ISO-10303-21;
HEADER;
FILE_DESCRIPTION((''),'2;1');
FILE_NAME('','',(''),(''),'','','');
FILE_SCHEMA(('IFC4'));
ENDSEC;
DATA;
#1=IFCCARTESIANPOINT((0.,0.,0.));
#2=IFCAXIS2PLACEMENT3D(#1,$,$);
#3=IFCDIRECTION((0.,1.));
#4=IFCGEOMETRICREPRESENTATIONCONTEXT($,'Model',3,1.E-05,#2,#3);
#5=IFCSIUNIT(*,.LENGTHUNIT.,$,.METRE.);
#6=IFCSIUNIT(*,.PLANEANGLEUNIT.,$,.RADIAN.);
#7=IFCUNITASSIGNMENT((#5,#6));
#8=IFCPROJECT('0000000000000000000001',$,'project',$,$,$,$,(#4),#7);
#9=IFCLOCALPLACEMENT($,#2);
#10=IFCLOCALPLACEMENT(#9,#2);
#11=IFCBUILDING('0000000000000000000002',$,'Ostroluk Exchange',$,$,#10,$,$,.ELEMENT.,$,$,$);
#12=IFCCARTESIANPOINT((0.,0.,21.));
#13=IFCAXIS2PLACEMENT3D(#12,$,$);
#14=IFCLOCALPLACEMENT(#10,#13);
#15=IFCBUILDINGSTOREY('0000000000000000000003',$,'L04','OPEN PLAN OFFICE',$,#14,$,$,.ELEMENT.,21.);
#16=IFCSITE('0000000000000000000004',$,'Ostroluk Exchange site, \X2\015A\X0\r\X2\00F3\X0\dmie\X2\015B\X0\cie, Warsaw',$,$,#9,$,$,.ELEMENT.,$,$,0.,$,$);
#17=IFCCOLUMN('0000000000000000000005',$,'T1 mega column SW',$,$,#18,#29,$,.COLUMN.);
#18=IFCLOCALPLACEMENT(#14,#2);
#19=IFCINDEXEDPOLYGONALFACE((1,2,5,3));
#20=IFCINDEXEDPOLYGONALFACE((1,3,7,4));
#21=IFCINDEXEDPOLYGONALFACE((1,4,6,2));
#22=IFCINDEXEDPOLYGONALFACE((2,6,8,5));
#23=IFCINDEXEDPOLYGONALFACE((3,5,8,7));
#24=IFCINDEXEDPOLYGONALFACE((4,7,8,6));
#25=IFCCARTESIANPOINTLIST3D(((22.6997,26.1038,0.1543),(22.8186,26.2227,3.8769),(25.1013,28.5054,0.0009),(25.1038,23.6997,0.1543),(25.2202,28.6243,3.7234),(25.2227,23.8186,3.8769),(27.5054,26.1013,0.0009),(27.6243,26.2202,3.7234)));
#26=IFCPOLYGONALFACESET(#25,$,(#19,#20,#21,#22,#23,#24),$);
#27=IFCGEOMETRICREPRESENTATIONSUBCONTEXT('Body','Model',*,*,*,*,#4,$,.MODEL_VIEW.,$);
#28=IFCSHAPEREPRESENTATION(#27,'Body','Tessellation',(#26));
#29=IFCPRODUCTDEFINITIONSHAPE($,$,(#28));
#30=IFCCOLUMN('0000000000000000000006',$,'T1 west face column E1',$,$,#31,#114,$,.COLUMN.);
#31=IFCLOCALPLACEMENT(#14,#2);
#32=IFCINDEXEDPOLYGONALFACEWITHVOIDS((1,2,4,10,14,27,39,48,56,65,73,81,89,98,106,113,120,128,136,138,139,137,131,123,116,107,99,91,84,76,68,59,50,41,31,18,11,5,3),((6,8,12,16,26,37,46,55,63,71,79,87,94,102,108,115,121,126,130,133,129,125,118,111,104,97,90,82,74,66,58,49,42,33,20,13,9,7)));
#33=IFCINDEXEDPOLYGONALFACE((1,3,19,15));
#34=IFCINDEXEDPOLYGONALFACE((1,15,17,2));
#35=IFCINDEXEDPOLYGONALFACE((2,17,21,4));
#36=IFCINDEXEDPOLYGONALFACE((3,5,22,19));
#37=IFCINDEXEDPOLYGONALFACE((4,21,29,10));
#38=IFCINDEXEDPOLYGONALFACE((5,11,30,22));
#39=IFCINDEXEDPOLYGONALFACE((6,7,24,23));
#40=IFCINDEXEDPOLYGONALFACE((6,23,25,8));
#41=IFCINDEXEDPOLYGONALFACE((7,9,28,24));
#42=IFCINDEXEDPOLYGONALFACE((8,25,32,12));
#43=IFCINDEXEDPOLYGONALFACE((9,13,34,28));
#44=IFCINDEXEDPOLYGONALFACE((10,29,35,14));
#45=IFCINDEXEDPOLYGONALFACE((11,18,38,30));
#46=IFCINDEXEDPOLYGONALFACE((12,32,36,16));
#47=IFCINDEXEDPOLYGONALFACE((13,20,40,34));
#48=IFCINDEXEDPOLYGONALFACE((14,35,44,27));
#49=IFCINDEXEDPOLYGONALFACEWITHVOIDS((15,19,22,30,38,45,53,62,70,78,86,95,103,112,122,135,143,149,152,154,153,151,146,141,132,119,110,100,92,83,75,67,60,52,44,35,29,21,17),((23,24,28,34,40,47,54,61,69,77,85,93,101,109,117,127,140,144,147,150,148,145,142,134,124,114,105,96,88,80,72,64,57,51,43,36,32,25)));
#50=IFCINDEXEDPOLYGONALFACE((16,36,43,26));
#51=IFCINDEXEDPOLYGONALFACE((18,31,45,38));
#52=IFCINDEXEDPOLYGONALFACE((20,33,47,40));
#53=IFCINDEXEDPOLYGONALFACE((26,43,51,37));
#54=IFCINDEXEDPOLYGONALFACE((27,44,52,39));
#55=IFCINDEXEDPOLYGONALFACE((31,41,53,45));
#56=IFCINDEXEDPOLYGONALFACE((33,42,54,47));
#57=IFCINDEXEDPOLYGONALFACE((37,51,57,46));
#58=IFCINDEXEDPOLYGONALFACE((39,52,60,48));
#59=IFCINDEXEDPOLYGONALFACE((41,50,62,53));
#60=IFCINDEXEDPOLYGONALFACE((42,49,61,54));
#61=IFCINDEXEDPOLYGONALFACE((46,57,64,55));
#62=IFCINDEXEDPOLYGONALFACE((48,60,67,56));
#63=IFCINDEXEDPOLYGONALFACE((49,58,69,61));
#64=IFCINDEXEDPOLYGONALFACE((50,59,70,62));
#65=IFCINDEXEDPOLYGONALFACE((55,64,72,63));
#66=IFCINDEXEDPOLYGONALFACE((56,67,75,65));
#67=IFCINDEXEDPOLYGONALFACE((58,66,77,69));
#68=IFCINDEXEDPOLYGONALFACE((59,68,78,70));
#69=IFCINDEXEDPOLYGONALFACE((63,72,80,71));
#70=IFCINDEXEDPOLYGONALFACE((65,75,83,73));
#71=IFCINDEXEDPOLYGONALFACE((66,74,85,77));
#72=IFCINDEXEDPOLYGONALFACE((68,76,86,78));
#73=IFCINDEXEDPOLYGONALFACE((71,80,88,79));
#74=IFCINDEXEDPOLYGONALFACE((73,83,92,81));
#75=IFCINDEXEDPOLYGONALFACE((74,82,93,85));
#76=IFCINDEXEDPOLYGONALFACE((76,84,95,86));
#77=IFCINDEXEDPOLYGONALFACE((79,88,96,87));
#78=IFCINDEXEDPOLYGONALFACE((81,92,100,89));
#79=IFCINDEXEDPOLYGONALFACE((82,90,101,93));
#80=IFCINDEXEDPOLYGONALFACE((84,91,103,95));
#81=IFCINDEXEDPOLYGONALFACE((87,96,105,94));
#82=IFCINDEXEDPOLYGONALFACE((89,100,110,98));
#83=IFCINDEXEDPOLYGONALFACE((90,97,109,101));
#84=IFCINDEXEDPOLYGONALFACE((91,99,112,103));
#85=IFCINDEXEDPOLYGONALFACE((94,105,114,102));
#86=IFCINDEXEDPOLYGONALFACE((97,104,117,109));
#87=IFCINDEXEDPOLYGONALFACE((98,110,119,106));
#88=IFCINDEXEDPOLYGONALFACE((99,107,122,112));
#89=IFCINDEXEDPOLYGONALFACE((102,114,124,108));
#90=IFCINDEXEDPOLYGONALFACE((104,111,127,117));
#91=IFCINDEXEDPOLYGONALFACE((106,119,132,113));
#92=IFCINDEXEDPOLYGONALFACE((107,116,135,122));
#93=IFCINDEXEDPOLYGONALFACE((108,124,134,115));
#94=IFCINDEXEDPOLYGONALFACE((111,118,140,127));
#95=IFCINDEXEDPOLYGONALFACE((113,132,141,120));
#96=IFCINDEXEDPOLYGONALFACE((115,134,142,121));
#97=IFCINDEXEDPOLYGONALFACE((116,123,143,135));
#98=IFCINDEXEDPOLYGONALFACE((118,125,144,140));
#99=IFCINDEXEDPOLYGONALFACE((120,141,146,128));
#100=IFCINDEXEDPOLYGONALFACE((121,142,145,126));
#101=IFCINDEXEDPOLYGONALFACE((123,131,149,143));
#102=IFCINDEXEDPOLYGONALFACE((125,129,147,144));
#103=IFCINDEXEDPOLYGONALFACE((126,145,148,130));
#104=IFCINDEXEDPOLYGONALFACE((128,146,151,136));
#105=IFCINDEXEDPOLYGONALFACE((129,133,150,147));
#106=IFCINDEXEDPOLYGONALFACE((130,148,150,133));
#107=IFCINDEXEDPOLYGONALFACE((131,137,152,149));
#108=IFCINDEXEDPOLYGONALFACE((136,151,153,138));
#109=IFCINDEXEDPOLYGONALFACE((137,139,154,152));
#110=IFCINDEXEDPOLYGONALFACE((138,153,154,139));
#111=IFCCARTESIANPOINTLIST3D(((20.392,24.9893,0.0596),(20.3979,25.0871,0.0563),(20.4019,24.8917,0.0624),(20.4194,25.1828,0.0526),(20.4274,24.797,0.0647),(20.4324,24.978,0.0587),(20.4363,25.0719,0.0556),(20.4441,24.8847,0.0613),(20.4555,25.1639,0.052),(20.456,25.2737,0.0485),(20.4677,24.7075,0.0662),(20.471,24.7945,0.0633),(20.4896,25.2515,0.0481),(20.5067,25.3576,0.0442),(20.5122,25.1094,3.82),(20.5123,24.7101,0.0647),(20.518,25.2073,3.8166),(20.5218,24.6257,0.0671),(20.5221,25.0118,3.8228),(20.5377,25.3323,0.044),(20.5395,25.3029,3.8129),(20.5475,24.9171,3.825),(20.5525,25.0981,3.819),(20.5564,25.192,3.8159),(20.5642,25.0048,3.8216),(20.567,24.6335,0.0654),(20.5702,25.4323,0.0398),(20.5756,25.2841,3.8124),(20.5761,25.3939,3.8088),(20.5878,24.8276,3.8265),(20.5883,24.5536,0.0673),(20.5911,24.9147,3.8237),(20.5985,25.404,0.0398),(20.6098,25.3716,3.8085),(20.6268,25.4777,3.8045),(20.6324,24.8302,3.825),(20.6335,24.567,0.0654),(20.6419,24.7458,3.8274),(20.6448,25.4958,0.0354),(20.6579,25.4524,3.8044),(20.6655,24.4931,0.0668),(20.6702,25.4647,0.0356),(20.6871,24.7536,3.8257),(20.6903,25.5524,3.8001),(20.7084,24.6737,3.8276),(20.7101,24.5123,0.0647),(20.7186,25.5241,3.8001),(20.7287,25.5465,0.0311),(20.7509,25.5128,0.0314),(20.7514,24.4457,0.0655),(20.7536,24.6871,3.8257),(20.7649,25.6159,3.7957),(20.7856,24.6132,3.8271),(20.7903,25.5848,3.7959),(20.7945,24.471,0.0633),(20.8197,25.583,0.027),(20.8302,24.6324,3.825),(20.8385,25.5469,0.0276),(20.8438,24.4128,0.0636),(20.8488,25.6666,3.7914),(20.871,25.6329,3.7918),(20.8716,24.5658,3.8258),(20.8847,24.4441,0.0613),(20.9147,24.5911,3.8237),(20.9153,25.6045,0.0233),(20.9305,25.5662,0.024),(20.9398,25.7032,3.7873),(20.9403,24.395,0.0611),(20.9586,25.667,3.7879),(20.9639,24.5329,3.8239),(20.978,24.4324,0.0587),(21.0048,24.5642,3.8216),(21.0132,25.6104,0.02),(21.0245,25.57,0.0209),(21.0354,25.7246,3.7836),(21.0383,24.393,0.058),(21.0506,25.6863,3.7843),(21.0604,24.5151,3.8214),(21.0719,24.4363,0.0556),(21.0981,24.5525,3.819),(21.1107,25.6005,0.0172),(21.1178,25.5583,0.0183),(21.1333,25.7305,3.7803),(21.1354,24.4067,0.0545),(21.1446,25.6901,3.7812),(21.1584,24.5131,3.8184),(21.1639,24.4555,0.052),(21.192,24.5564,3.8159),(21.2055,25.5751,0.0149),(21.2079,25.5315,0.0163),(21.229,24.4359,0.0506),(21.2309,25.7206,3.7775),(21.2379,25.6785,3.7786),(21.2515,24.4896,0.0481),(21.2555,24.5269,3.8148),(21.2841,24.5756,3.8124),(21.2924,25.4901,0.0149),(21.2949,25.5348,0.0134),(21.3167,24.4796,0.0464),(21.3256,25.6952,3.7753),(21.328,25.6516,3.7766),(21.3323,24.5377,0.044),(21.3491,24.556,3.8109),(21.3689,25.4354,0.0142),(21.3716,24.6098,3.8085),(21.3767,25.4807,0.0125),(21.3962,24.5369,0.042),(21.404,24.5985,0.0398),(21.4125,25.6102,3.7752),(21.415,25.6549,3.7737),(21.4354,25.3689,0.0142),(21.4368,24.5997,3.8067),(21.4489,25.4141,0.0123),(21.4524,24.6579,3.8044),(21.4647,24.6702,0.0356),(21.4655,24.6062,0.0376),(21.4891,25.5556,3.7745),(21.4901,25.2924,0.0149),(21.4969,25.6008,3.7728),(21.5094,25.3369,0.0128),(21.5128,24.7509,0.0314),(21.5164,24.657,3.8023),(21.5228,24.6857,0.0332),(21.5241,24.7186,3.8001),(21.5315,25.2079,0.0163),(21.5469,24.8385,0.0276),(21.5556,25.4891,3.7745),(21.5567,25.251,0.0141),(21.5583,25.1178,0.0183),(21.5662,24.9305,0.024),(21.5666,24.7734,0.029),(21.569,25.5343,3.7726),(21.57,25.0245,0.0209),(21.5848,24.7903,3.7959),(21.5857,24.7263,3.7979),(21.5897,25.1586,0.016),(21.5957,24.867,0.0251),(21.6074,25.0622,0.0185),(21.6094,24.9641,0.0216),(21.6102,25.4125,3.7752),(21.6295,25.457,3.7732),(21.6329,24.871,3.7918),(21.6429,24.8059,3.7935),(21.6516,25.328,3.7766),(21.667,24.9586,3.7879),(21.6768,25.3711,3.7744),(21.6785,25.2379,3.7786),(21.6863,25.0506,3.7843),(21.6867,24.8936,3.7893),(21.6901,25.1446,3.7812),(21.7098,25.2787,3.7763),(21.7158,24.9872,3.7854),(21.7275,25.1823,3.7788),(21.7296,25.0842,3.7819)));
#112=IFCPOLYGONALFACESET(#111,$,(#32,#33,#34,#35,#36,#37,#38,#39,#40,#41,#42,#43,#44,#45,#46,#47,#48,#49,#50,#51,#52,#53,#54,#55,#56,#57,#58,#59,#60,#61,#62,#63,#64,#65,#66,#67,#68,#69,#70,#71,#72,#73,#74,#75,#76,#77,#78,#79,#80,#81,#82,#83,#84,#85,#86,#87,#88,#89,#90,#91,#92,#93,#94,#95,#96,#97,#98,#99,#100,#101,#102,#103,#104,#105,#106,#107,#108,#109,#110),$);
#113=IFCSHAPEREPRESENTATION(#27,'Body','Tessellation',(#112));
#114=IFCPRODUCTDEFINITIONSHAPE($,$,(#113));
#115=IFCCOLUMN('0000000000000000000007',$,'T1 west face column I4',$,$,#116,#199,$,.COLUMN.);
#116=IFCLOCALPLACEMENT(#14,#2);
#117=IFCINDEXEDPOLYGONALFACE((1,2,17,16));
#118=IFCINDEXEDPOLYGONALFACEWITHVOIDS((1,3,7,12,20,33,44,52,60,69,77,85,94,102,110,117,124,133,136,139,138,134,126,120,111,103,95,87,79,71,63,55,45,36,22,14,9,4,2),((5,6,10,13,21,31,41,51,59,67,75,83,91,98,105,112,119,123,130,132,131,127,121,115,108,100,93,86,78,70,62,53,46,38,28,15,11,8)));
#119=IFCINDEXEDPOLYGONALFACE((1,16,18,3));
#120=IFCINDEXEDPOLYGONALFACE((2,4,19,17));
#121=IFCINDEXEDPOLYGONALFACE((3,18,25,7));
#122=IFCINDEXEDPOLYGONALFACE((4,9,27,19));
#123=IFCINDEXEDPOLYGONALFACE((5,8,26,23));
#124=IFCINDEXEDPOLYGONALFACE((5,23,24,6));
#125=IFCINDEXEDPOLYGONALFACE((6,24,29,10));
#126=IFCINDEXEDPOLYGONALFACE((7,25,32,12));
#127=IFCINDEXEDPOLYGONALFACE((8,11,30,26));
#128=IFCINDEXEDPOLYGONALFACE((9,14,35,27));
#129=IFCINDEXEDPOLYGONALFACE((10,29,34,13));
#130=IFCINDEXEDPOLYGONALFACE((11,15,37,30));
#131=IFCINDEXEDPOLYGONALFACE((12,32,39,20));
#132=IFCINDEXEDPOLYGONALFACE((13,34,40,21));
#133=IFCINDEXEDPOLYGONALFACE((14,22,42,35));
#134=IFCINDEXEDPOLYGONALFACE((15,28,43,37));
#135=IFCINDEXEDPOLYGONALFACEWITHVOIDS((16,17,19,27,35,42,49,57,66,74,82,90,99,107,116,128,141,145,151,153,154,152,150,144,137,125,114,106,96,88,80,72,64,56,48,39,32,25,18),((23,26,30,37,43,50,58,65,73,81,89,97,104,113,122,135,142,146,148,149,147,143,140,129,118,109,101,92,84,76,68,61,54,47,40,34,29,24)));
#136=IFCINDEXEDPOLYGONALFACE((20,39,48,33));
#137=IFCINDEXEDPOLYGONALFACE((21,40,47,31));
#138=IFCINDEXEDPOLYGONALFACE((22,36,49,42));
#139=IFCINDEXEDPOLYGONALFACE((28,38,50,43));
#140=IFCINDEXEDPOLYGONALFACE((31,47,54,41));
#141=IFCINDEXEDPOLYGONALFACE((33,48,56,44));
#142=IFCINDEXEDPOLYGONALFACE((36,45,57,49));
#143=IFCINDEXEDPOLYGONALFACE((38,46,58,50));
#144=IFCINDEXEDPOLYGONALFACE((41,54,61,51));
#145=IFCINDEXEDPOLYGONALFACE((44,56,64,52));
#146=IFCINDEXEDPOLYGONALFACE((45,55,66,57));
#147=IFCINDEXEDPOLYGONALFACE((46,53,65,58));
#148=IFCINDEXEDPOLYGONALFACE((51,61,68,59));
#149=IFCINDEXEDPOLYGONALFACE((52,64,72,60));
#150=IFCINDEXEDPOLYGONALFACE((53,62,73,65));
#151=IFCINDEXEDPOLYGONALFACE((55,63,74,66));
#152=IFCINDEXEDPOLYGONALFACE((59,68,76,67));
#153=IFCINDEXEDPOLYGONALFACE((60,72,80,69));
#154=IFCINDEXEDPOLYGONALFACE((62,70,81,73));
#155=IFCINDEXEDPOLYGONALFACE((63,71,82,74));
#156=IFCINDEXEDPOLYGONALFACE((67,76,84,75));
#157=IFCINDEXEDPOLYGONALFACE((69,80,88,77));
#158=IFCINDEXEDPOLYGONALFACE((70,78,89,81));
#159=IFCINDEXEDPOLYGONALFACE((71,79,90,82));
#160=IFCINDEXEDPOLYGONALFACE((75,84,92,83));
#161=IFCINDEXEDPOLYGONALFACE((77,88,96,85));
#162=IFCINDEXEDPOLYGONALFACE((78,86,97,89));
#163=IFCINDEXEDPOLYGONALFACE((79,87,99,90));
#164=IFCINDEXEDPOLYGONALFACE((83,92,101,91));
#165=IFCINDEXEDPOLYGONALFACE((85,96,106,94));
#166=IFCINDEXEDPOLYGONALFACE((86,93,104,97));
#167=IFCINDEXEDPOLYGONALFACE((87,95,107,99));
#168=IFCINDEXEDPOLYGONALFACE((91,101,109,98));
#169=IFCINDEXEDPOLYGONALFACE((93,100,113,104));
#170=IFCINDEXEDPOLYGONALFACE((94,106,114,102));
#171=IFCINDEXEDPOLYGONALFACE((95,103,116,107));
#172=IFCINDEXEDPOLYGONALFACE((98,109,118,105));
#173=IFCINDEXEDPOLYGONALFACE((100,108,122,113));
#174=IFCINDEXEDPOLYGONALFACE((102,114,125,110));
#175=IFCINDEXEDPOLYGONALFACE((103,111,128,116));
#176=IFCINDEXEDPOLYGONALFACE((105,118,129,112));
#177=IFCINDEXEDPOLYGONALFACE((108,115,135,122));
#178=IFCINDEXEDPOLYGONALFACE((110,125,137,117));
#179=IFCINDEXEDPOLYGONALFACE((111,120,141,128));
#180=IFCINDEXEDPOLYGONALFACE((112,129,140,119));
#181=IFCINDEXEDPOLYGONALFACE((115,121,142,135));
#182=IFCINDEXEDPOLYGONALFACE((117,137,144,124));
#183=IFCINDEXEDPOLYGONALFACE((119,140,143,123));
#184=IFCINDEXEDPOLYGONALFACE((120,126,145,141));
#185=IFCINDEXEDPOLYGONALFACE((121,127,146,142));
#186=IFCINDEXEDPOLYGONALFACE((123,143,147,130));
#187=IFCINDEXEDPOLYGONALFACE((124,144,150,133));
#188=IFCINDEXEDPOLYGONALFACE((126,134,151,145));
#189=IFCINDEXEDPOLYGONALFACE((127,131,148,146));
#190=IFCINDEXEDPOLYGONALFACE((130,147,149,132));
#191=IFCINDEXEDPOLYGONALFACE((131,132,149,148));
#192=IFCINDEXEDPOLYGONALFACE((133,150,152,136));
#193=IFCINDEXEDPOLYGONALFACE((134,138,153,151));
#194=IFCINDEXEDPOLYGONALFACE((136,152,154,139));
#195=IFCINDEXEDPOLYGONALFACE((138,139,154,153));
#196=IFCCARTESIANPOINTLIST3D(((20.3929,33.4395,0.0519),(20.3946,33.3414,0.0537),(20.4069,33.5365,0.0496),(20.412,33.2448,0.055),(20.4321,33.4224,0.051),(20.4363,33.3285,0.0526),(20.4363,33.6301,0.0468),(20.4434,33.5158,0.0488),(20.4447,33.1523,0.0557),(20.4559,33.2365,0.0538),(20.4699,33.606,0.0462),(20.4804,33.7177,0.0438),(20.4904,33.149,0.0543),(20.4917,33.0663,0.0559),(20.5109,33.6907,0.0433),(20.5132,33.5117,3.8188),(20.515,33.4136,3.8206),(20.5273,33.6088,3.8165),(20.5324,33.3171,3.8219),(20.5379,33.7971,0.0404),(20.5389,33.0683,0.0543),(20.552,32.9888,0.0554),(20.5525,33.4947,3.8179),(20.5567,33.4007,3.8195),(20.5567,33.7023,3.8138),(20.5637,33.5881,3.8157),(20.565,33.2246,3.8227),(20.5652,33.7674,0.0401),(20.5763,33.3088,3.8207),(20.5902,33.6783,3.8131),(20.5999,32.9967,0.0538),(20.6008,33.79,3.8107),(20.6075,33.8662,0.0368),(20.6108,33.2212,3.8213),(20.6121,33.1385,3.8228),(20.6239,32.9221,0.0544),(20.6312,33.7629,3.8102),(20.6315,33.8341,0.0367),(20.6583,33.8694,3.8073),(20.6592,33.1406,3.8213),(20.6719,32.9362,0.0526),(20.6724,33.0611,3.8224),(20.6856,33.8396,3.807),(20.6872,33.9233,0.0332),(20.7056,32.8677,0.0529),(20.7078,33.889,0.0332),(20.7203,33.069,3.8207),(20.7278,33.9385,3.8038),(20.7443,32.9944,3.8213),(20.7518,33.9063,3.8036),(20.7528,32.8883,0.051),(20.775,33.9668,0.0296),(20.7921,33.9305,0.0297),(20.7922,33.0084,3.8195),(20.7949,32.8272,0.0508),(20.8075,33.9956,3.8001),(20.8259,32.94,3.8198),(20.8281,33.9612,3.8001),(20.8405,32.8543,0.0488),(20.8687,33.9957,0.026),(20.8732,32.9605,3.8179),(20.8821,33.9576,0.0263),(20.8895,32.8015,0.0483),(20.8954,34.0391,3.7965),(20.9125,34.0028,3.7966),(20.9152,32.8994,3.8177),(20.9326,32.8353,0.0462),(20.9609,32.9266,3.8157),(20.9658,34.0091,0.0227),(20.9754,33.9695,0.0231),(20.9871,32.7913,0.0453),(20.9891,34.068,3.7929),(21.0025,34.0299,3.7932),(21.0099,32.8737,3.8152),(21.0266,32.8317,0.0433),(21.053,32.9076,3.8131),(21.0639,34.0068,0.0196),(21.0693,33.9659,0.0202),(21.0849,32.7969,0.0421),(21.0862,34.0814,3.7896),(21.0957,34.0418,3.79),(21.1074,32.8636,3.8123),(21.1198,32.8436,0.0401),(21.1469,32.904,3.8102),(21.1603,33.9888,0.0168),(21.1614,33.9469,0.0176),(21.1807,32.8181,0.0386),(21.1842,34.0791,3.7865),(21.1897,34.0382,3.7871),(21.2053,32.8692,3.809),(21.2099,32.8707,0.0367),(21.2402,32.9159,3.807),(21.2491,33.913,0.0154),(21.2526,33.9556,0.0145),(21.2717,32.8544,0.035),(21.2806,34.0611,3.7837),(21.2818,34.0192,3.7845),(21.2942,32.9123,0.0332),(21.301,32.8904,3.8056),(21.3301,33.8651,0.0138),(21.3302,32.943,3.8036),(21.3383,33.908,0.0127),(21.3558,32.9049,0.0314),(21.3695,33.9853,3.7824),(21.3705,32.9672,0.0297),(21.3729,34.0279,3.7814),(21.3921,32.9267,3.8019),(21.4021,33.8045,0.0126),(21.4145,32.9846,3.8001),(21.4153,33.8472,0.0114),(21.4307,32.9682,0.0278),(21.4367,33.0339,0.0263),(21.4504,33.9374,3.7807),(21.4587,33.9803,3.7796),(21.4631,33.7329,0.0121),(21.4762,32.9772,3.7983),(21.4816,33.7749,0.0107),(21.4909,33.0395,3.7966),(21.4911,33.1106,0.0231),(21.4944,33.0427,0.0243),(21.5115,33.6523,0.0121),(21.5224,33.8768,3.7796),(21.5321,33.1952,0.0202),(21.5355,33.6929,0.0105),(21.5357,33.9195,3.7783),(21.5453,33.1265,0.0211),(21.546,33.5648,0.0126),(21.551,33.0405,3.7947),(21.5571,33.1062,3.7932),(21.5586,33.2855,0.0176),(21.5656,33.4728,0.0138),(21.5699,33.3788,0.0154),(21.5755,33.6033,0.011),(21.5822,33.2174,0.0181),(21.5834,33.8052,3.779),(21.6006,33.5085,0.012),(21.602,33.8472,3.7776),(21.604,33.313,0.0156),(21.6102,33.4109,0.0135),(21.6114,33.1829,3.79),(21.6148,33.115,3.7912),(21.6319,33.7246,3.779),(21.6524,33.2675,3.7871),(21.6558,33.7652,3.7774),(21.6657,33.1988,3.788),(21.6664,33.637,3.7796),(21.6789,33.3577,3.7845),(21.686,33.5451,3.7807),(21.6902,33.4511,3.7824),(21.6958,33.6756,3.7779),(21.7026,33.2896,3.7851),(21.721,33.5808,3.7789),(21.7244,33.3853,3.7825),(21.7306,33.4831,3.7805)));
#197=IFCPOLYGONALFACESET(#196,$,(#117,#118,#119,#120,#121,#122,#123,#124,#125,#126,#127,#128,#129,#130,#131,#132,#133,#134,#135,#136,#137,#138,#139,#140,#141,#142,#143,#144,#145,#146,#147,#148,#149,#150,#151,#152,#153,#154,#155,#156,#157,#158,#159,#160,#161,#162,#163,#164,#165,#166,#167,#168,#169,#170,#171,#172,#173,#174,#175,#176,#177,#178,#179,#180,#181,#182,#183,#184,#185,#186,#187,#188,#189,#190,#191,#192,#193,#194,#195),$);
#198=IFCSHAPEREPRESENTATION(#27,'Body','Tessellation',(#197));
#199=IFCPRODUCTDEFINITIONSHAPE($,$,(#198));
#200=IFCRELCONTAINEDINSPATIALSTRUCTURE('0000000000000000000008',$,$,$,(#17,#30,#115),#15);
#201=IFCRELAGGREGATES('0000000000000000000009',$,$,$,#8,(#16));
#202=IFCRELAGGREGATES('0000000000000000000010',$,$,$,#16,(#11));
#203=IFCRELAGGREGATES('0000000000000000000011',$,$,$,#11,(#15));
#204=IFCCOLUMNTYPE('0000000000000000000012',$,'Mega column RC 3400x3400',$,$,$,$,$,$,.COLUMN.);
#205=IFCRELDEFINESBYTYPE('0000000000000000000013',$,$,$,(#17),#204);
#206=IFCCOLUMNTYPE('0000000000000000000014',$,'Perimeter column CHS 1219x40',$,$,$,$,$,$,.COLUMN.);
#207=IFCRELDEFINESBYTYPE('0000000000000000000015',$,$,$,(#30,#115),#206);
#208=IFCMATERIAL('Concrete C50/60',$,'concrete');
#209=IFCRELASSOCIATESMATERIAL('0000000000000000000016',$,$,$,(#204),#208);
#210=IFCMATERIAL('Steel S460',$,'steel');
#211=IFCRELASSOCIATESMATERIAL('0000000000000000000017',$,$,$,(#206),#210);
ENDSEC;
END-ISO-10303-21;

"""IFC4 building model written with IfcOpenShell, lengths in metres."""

from ifc_helpers import new_model, si_unit, direction, frame, origin, origin_2d, place, context, subcontext, project, spatial, rectangle, hollow_circle, extrude, material, material_profile, profile_set, type_object, element, save


model = new_model("IFC4")

# Units and contexts
model_context = context("Model", 3, precision=1e-05, world=origin(), true_north=direction((0.0, 1.0)))
body_context = subcontext(model_context, "Body", "Model", "MODEL_VIEW")
ifc_project = project(units=[si_unit("LENGTHUNIT", "METRE"), si_unit("PLANEANGLEUNIT", "RADIAN")], contexts=[model_context])

# Site, building, storey
site_placement = place(None, origin())
site = spatial("IfcSite", under=ifc_project, at=site_placement, Name="Ostroluk Exchange site, Śródmieście, Warsaw", CompositionType="ELEMENT", RefElevation=0.0)
building_placement = place(site_placement, origin())
building = spatial("IfcBuilding", under=site, at=building_placement, Name="Ostroluk Exchange", CompositionType="ELEMENT")
storey_placement = place(building_placement, frame((0.0, 0.0, 21.0)))
storey = spatial("IfcBuildingStorey", under=building, at=storey_placement, Name="L04", Description="OPEN PLAN OFFICE", CompositionType="ELEMENT", Elevation=21.0)

# Columns
ifc_material_1 = material(Name="Concrete C50/60", Category="concrete")
ifc_material_profile_1 = material_profile(ifc_material_1, rectangle(XDim=3.3999, YDim=3.3999, at=origin_2d()), Name="RC 3400x3400")
ifc_profile_set_1 = profile_set([ifc_material_profile_1], Name="Concrete C50/60")
column_type_1 = type_object("IfcColumnType", Name="Mega column RC 3400x3400", PredefinedType="COLUMN", material=ifc_profile_set_1)
column_1_placement = place(storey_placement, frame((25.1025, 26.1025, 0.0776), z_axis=(0.031908, 0.031908, 0.998981), x_axis=(-0.707107, 0.707107, 0.0)))
element("IfcColumn", 1, at=column_1_placement, inside=storey, type_object=column_type_1, Name="T1 mega column SW", PredefinedType="COLUMN", context=body_context, shape_type="SweptSolid", body=[
    extrude(rectangle(XDim=3.3999, YDim=3.3999, at=origin_2d()), origin(), (0.0, 0.0, 1.0), 3.7263),
])
ifc_material_2 = material(Name="Steel S460", Category="steel")
ifc_material_profile_2 = material_profile(ifc_material_2, hollow_circle(Radius=0.6096, WallThickness=0.04, at=origin_2d()), Name="CHS 1219x40")
ifc_profile_set_2 = profile_set([ifc_material_profile_2], Name="Steel S460")
column_type_2 = type_object("IfcColumnType", Name="Perimeter column CHS 1219x40", PredefinedType="COLUMN", material=ifc_profile_set_2)
column_2_placement = place(storey_placement, frame((21.0012, 25.0012, 0.0398), z_axis=(0.031911, 0.031911, 0.998981), x_axis=(-0.707107, 0.707107, 0.0)))
element("IfcColumn", 2, at=column_2_placement, inside=storey, type_object=column_type_2, Name="T1 west face column E1", PredefinedType="COLUMN", context=body_context, shape_type="SweptSolid", body=[
    extrude(hollow_circle(Radius=0.6096, WallThickness=0.04, at=origin_2d()), origin(), (0.0, 0.0, 1.0), 3.7642),
])
column_3_placement = place(storey_placement, frame((21.001, 33.4006, 0.0332), z_axis=(0.031931, 0.019171, 0.999306), x_axis=(-0.514751, 0.857339, 0.0)))
element("IfcColumn", 3, at=column_3_placement, inside=storey, type_object=column_type_2, Name="T1 west face column I4", PredefinedType="COLUMN", context=body_context, shape_type="SweptSolid", body=[
    extrude(hollow_circle(Radius=0.6096, WallThickness=0.04, at=origin_2d()), origin(), (0.0, 0.0, 1.0), 3.7695),
])

save(model, "model.ifc")
